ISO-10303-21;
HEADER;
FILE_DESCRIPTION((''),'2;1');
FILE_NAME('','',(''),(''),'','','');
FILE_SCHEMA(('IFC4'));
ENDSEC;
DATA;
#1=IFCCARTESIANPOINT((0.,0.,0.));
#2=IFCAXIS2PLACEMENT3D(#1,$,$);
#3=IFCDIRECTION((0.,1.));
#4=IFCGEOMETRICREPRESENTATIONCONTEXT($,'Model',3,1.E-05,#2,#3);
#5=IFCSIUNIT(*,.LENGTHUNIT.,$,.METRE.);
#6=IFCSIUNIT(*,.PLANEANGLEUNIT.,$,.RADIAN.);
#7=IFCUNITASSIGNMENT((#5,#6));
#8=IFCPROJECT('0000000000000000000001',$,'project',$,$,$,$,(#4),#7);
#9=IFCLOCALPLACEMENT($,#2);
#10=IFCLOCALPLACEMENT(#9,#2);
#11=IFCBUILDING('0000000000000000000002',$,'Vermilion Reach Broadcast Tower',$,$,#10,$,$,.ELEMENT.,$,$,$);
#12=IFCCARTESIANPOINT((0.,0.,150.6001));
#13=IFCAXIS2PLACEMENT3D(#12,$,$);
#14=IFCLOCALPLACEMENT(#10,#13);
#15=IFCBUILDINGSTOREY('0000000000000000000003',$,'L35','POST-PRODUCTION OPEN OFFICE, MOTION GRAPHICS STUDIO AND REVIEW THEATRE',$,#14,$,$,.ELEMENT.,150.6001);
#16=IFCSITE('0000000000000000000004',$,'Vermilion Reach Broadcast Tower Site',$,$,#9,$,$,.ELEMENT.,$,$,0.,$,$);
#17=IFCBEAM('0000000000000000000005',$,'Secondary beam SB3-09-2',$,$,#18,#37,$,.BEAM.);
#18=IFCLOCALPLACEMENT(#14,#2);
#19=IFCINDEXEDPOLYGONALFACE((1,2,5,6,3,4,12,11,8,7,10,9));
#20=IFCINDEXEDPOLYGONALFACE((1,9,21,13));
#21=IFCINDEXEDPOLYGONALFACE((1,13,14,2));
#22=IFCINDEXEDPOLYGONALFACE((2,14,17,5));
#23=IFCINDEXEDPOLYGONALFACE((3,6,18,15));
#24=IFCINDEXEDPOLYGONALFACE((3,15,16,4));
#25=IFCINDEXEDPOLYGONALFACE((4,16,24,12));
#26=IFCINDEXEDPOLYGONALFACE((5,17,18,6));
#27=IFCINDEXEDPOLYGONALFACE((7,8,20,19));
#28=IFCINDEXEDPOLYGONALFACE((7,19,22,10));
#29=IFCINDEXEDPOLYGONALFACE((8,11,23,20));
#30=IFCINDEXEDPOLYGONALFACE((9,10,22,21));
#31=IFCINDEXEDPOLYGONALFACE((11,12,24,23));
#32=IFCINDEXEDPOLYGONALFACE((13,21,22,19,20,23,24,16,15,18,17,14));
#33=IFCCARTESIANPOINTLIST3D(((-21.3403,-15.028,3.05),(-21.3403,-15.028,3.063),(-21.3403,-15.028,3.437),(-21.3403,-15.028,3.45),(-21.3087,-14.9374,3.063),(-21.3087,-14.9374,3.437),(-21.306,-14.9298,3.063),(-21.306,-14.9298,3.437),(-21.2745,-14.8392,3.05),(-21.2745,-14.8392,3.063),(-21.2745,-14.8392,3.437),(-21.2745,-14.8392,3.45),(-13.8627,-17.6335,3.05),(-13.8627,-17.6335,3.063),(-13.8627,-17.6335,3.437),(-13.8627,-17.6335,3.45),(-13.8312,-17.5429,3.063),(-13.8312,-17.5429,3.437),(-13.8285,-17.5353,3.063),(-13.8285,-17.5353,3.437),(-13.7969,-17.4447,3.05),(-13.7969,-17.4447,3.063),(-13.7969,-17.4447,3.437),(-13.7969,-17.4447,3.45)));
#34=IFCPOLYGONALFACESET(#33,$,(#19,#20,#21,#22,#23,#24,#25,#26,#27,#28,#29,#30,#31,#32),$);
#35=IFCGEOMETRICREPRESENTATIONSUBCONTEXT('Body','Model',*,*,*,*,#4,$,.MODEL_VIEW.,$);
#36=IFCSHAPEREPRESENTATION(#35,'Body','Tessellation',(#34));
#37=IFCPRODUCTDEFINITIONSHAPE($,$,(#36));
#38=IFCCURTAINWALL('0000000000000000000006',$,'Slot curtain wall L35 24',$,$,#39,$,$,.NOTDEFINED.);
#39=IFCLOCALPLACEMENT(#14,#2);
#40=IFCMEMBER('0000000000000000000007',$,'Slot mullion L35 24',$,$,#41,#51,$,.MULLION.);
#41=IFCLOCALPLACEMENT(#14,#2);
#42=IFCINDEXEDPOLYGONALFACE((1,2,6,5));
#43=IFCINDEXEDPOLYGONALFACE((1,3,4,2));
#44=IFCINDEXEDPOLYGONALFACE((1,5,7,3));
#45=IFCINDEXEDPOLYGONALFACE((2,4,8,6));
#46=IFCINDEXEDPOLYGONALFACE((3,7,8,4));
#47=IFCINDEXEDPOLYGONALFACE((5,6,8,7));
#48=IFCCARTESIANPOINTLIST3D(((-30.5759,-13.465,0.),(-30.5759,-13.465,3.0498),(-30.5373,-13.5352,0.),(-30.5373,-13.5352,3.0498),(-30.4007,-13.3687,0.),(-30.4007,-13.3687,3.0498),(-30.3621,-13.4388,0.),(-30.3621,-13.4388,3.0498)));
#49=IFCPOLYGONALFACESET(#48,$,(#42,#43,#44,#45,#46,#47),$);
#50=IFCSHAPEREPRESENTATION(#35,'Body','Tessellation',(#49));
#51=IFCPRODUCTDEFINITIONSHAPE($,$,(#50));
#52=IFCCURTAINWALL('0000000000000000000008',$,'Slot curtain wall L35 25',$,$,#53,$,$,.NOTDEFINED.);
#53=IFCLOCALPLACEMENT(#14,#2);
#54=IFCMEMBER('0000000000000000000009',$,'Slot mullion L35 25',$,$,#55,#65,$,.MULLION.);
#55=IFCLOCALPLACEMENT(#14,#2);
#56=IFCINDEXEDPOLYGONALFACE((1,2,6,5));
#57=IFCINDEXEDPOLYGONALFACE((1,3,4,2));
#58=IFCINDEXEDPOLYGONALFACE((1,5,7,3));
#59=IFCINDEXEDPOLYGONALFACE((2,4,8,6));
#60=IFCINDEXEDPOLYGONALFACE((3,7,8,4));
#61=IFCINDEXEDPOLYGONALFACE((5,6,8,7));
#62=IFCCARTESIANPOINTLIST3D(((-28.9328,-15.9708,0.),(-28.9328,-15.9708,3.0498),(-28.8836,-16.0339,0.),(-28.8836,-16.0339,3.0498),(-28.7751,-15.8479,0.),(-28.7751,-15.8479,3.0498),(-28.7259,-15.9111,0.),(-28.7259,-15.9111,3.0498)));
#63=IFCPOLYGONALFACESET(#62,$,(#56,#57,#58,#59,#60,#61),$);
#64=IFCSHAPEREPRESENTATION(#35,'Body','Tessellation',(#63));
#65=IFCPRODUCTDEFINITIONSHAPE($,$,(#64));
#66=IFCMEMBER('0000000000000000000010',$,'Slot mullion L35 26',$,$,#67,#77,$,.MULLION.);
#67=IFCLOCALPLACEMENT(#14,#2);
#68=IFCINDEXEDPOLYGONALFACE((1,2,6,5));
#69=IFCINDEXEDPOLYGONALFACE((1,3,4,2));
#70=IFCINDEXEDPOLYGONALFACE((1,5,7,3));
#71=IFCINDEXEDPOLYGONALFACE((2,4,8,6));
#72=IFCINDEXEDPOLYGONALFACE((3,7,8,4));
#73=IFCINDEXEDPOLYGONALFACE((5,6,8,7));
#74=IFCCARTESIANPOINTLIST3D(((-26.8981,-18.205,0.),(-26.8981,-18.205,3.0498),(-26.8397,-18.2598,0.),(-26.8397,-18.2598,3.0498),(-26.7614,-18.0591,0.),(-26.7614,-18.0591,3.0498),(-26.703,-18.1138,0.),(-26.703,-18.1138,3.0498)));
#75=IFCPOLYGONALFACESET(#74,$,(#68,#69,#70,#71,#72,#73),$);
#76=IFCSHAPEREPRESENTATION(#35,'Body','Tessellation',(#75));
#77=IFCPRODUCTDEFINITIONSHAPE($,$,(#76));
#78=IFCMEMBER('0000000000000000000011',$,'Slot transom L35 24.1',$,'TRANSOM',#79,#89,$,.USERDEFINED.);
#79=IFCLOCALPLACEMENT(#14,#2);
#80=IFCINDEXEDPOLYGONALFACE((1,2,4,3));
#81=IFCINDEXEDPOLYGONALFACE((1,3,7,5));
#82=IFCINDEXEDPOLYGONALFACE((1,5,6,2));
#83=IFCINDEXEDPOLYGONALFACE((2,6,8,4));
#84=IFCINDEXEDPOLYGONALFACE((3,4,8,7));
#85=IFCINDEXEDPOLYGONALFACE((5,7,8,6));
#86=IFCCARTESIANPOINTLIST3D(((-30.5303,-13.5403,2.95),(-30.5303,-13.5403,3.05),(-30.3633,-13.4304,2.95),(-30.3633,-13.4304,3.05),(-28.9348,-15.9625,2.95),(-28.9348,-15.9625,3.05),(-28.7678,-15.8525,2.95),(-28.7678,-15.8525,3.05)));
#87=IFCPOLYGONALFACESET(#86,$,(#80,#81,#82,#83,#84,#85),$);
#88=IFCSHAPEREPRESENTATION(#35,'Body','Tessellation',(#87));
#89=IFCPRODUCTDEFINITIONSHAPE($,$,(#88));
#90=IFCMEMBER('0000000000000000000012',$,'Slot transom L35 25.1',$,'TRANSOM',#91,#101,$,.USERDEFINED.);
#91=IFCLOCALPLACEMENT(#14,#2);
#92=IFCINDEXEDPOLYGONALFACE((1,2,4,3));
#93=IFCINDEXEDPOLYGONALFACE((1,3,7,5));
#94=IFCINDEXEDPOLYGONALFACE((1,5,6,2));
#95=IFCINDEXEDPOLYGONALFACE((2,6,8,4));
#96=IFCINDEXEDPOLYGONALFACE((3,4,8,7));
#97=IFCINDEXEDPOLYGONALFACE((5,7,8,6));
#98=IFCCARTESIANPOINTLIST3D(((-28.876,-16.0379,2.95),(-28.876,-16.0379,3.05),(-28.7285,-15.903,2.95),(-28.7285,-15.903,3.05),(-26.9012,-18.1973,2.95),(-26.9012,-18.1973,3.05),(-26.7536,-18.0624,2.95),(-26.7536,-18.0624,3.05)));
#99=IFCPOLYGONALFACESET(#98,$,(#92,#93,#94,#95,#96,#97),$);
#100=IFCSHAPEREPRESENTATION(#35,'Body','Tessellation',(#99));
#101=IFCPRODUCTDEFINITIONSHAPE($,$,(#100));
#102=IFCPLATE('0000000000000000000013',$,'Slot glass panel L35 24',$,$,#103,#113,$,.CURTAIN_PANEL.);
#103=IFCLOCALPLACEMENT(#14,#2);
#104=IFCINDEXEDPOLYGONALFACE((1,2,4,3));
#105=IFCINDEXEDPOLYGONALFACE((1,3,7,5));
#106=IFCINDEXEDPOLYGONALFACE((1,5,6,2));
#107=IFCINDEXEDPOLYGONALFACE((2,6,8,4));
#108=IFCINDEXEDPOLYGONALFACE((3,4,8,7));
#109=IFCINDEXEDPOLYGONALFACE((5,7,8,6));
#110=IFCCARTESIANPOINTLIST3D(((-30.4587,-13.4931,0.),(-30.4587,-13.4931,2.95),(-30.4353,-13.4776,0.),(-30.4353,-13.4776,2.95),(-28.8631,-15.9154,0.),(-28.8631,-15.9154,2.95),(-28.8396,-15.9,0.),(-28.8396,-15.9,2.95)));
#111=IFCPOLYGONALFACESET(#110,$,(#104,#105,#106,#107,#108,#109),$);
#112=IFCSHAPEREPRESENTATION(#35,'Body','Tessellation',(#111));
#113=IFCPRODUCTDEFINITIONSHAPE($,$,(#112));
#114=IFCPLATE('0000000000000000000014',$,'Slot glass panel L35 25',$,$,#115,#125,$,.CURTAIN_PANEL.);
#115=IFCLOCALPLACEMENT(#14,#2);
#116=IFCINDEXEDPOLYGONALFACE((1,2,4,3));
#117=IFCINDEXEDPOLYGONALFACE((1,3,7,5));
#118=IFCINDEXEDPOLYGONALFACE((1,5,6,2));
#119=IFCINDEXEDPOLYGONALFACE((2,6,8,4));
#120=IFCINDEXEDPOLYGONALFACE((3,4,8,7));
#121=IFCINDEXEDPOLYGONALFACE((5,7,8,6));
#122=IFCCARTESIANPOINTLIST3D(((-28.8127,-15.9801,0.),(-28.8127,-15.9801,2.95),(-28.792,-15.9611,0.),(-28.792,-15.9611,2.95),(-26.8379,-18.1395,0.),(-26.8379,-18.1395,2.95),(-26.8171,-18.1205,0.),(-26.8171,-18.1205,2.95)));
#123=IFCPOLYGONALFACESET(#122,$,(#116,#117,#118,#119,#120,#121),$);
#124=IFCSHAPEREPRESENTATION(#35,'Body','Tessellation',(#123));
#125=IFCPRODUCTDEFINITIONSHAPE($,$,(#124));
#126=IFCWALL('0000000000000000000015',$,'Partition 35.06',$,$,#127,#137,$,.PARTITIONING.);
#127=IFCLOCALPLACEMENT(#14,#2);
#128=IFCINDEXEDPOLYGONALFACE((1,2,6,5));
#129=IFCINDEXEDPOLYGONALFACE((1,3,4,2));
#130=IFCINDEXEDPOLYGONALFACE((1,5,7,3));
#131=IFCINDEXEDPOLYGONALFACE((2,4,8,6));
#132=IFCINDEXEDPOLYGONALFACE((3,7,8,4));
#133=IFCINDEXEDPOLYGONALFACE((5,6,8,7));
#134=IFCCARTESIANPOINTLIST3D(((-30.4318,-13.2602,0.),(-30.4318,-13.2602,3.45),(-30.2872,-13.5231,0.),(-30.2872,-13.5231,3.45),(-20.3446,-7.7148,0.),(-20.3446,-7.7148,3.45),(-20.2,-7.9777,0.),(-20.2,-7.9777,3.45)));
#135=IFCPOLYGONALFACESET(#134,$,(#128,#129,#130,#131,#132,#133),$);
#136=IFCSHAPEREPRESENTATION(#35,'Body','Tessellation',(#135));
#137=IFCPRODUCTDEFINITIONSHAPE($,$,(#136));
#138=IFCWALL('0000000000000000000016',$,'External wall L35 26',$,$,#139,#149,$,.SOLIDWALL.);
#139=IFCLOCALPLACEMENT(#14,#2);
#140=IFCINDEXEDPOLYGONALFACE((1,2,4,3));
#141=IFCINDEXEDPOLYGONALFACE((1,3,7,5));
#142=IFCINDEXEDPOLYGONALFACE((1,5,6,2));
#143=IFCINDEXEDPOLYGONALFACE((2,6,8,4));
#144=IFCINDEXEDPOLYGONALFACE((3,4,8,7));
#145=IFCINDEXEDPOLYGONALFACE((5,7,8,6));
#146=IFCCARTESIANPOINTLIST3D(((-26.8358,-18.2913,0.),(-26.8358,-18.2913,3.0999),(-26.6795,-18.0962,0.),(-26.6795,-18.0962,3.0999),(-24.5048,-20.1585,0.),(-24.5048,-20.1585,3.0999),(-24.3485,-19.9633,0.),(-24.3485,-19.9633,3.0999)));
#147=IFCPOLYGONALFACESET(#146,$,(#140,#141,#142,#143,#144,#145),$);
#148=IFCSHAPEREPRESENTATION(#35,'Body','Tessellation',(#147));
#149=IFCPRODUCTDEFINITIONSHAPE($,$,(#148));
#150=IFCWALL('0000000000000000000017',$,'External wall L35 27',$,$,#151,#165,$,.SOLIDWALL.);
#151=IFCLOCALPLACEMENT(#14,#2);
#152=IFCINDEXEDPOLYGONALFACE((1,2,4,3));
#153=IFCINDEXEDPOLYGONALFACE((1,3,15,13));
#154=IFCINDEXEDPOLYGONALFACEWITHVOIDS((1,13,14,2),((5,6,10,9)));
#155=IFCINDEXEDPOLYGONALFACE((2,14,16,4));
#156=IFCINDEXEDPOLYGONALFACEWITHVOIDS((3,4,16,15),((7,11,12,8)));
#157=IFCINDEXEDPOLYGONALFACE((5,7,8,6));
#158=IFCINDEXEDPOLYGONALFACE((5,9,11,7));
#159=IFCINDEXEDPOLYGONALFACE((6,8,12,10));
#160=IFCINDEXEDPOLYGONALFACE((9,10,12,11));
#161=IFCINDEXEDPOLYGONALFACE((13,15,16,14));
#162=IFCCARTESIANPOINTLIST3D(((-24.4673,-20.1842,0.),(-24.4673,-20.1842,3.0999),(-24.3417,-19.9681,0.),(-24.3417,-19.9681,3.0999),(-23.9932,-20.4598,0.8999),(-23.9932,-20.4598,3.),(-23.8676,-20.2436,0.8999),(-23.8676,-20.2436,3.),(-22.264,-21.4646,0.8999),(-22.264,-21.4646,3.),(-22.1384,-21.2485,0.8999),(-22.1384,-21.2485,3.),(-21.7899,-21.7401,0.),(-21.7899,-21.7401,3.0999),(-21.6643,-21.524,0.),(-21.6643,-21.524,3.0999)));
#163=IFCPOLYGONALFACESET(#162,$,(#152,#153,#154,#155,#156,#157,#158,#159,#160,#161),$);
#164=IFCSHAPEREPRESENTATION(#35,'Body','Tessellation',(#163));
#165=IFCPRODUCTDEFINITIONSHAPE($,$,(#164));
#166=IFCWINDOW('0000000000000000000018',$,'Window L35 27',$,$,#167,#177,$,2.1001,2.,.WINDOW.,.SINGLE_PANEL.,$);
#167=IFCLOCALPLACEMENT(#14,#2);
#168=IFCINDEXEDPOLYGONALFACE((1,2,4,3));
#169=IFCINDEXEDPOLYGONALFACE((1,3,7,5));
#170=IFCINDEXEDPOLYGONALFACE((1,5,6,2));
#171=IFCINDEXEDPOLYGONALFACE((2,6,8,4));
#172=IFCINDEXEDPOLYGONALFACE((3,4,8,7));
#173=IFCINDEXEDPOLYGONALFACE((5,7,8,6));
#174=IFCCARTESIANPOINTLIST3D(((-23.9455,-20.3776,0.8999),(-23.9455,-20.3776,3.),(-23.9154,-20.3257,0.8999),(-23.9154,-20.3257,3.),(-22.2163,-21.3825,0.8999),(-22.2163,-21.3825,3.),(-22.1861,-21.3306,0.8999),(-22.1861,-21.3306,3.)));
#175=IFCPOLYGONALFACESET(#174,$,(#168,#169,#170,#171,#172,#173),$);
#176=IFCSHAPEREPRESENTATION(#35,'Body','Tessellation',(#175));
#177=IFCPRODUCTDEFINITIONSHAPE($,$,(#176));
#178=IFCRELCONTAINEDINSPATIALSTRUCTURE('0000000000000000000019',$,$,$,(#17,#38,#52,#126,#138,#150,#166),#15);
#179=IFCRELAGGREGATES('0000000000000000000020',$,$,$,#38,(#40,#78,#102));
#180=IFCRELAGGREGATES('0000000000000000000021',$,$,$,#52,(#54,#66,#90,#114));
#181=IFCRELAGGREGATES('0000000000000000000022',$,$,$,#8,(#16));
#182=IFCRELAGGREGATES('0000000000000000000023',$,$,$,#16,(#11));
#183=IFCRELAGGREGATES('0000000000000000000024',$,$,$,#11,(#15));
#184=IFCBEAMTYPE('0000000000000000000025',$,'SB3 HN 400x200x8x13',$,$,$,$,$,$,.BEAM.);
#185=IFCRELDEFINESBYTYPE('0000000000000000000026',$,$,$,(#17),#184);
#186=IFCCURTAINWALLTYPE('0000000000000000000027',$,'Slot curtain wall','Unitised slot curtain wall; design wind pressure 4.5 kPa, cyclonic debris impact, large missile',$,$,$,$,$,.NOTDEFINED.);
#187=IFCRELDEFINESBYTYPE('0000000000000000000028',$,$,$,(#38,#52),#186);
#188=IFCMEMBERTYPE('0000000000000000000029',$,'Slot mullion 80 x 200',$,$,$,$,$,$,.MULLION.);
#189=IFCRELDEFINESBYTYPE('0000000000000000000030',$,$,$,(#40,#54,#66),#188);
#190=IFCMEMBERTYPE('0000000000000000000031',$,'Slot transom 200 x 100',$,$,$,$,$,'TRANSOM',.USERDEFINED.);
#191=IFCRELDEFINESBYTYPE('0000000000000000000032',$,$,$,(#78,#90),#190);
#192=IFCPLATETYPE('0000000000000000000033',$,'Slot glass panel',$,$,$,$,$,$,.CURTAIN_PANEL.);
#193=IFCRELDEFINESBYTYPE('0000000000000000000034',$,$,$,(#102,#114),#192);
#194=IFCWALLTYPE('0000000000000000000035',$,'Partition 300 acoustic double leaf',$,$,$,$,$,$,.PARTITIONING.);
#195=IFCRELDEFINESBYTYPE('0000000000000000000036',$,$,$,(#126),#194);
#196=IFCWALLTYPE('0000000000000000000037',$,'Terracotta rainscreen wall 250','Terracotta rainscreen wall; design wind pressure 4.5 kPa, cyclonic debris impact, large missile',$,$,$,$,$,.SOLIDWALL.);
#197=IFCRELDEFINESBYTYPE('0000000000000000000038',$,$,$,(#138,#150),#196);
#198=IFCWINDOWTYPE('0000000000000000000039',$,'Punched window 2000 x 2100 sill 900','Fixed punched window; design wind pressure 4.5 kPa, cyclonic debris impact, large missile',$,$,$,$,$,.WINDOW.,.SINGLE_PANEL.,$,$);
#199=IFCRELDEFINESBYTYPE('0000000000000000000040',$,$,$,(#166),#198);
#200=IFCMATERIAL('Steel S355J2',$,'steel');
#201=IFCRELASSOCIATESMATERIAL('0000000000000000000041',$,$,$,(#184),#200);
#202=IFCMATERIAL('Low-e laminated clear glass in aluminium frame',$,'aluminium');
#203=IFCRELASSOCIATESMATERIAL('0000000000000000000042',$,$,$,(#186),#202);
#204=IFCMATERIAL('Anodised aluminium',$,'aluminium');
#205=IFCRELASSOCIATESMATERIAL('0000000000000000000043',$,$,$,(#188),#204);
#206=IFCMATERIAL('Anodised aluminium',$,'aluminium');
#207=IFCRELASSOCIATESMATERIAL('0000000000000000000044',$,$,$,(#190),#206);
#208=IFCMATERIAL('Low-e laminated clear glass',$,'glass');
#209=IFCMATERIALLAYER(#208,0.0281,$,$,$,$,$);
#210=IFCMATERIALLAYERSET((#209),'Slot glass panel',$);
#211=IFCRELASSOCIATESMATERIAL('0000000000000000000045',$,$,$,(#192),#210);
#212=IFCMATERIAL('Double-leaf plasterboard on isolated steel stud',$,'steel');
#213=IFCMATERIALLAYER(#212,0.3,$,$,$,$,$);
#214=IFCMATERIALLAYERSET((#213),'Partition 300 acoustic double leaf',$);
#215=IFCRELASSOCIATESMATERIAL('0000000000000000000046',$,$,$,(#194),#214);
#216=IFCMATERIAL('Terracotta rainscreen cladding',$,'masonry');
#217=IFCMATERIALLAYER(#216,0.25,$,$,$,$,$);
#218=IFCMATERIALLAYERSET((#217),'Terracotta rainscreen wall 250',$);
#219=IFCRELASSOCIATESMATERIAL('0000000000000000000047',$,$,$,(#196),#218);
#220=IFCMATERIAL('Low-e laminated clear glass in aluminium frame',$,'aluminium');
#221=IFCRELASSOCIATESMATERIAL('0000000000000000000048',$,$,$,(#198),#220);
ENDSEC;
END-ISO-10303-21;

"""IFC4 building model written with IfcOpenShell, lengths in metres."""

from ifc_helpers import new_model, si_unit, direction, frame, frame_2d, origin, origin_2d, place, context, subcontext, project, spatial, rectangle, i_section, extrude, material, layer, layer_set, material_profile, profile_set, type_object, element, fill, aggregate, save


model = new_model("IFC4")

# Units and contexts
model_context = context("Model", 3, precision=1e-05, world=origin(), true_north=direction((0.0, 1.0)))
body_context = subcontext(model_context, "Body", "Model", "MODEL_VIEW")
ifc_project = project(units=[si_unit("LENGTHUNIT", "METRE"), si_unit("PLANEANGLEUNIT", "RADIAN")], contexts=[model_context])

# Site, building, storey
site_placement = place(None, origin())
site = spatial("IfcSite", under=ifc_project, at=site_placement, Name="Vermilion Reach Broadcast Tower Site", CompositionType="ELEMENT", RefElevation=0.0)
building_placement = place(site_placement, origin())
building = spatial("IfcBuilding", under=site, at=building_placement, Name="Vermilion Reach Broadcast Tower", CompositionType="ELEMENT")
storey_placement = place(building_placement, frame((0.0, 0.0, 150.6001)))
storey = spatial("IfcBuildingStorey", under=building, at=storey_placement, Name="L35", Description="POST-PRODUCTION OPEN OFFICE, MOTION GRAPHICS STUDIO AND REVIEW THEATRE", CompositionType="ELEMENT", Elevation=150.6001)

# Beam
ifc_material_1 = material(Name="Steel S355J2", Category="steel")
ifc_material_profile_1 = material_profile(ifc_material_1, i_section(OverallWidth=0.2, OverallDepth=0.3999, WebThickness=0.0081, FlangeThickness=0.0129, at=origin_2d()), Name="S355J2 HN 400x200x8x13")
ifc_profile_set_1 = profile_set([ifc_material_profile_1], Name="Steel S355J2")
beam_type_1 = type_object("IfcBeamType", Name="SB3 HN 400x200x8x13", PredefinedType="BEAM", material=ifc_profile_set_1)
beam_1_placement = place(storey_placement, frame((-21.3074, -14.9336, 3.25), z_axis=(0.944317, -0.329037, 0.0), x_axis=(0.329037, 0.944317, 0.0)))
element("IfcBeam", 1, at=beam_1_placement, inside=storey, type_object=beam_type_1, Name="Secondary beam SB3-09-2", PredefinedType="BEAM", context=body_context, shape_type="SweptSolid", body=[
    extrude(i_section(OverallWidth=0.2, OverallDepth=0.3999, WebThickness=0.0081, FlangeThickness=0.0129, at=origin_2d()), origin(), (0.0, 0.0, 1.0), 7.9185),
])

# Curtain wall, member
ifc_material_2 = material(Name="Low-e laminated clear glass in aluminium frame", Category="aluminium")
curtain_wall_type = type_object("IfcCurtainWallType", Name="Slot curtain wall", Description="Unitised slot curtain wall; design wind pressure 4.5 kPa, cyclonic debris impact, large missile", PredefinedType="NOTDEFINED", material=ifc_material_2)
placement = place(storey_placement, origin())
curtain_wall_1 = element("IfcCurtainWall", 2, at=placement, inside=storey, type_object=curtain_wall_type, Name="Slot curtain wall L35 24", PredefinedType="NOTDEFINED")
ifc_material_3 = material(Name="Anodised aluminium", Category="aluminium")
ifc_material_profile_2 = material_profile(ifc_material_3, rectangle(XDim=0.2, YDim=0.0801, at=origin_2d()), Name="Slot mullion 80 x 200")
ifc_profile_set_2 = profile_set([ifc_material_profile_2], Name="Anodised aluminium")
member_type_1 = type_object("IfcMemberType", Name="Slot mullion 80 x 200", PredefinedType="MULLION", material=ifc_profile_set_2)
member_1_placement = place(storey_placement, frame((-30.469, -13.4519, 0.0), z_axis=(0.0, 0.0, 1.0), x_axis=(0.876307, 0.481754, 0.0)))
member_1 = element("IfcMember", 3, at=member_1_placement, type_object=member_type_1, Name="Slot mullion L35 24", PredefinedType="MULLION", context=body_context, shape_type="SweptSolid", body=[
    extrude(rectangle(XDim=0.2, YDim=0.0801, at=origin_2d()), origin(), (0.0, 0.0, 1.0), 3.0498),
])

# Curtain wall, members
curtain_wall_2 = element("IfcCurtainWall", 4, at=placement, inside=storey, type_object=curtain_wall_type, Name="Slot curtain wall L35 25", PredefinedType="NOTDEFINED")
member_2_placement = place(storey_placement, frame((-28.8293, -15.9409, 0.0), z_axis=(0.0, 0.0, 1.0), x_axis=(0.788989, 0.614407, 0.0)))
member_2 = element("IfcMember", 5, at=member_2_placement, type_object=member_type_1, Name="Slot mullion L35 25", PredefinedType="MULLION", context=body_context, shape_type="SweptSolid", body=[
    extrude(rectangle(XDim=0.2, YDim=0.0801, at=origin_2d()), origin(), (0.0, 0.0, 1.0), 3.0498),
])
member_3_placement = place(storey_placement, frame((-26.8005, -18.1594, 0.0), z_axis=(0.0, 0.0, 1.0), x_axis=(0.683612, 0.729845, 0.0)))
member_3 = element("IfcMember", 6, at=member_3_placement, type_object=member_type_1, Name="Slot mullion L35 26", PredefinedType="MULLION", context=body_context, shape_type="SweptSolid", body=[
    extrude(rectangle(XDim=0.2, YDim=0.0801, at=origin_2d()), origin(), (0.0, 0.0, 1.0), 3.0498),
])

# Members
ifc_material_4 = material(Name="Anodised aluminium", Category="aluminium")
ifc_material_profile_3 = material_profile(ifc_material_4, rectangle(XDim=0.2, YDim=0.1001, at=origin_2d()), Name="Slot transom 200 x 100")
ifc_profile_set_3 = profile_set([ifc_material_profile_3], Name="Anodised aluminium")
member_type_2 = type_object("IfcMemberType", Name="Slot transom 200 x 100", ElementType="TRANSOM", PredefinedType="USERDEFINED", material=ifc_profile_set_3)
member_4_placement = place(storey_placement, frame((-30.4468, -13.4854, 3.0), z_axis=(0.550088, -0.835107, 0.0), x_axis=(0.835107, 0.550088, 0.0)))
member_4 = element("IfcMember", 7, at=member_4_placement, type_object=member_type_2, Name="Slot transom L35 24.1", ObjectType="TRANSOM", PredefinedType="USERDEFINED", context=body_context, shape_type="SweptSolid", body=[
    extrude(rectangle(XDim=0.2, YDim=0.1001, at=origin_2d()), origin(), (0.0, 0.0, 1.0), 2.9004),
])
member_5_placement = place(storey_placement, frame((-28.8022, -15.9705, 3.0), z_axis=(0.674867, -0.73794, 0.0), x_axis=(0.73794, 0.674867, 0.0)))
member_5 = element("IfcMember", 8, at=member_5_placement, type_object=member_type_2, Name="Slot transom L35 25.1", ObjectType="TRANSOM", PredefinedType="USERDEFINED", context=body_context, shape_type="SweptSolid", body=[
    extrude(rectangle(XDim=0.2, YDim=0.1001, at=origin_2d()), origin(), (0.0, 0.0, 1.0), 2.9263),
])

# Plates
ifc_material_5 = material(Name="Low-e laminated clear glass", Category="glass")
ifc_layer_1 = layer(ifc_material_5, 0.0281)
ifc_layer_set_1 = layer_set([ifc_layer_1], Name="Slot glass panel")
plate_type = type_object("IfcPlateType", Name="Slot glass panel", PredefinedType="CURTAIN_PANEL", material=ifc_layer_set_1)
plate_1_placement = place(storey_placement, frame((-29.6492, -14.6965, 0.0), z_axis=(0.0, 0.0, 1.0), x_axis=(0.55009, -0.835105, 0.0)))
plate_1 = element("IfcPlate", 9, at=plate_1_placement, type_object=plate_type, Name="Slot glass panel L35 24", PredefinedType="CURTAIN_PANEL", context=body_context, shape_type="SweptSolid", body=[
    extrude(rectangle(XDim=2.9006, YDim=0.0281, at=origin_2d()), origin(), (0.0, 0.0, 1.0), 2.95),
])
aggregate(curtain_wall_1, [member_1, member_4, plate_1])
plate_2_placement = place(storey_placement, frame((-27.8149, -17.0503, 0.0), z_axis=(0.0, 0.0, 1.0), x_axis=(0.674876, -0.737931, 0.0)))
plate_2 = element("IfcPlate", 10, at=plate_2_placement, type_object=plate_type, Name="Slot glass panel L35 25", PredefinedType="CURTAIN_PANEL", context=body_context, shape_type="SweptSolid", body=[
    extrude(rectangle(XDim=2.9263, YDim=0.0281, at=origin_2d()), origin(), (0.0, 0.0, 1.0), 2.95),
])
aggregate(curtain_wall_2, [member_2, member_3, member_5, plate_2])

# Walls
ifc_material_6 = material(Name="Double-leaf plasterboard on isolated steel stud", Category="steel")
ifc_layer_2 = layer(ifc_material_6, 0.3)
ifc_layer_set_2 = layer_set([ifc_layer_2], Name="Partition 300 acoustic double leaf")
wall_type_1 = type_object("IfcWallType", Name="Partition 300 acoustic double leaf", PredefinedType="PARTITIONING", material=ifc_layer_set_2)
wall_1_placement = place(storey_placement, frame((-30.3594, -13.3916, 0.0), z_axis=(0.0, 0.0, 1.0), x_axis=(0.876309, 0.48175, 0.0)))
element("IfcWall", 11, at=wall_1_placement, inside=storey, type_object=wall_type_1, Name="Partition 35.06", PredefinedType="PARTITIONING", context=body_context, shape_type="SweptSolid", body=[
    extrude(rectangle(XDim=11.511, YDim=0.3, at=frame_2d((5.7554, 0.0))), origin(), (0.0, 0.0, 1.0), 3.45),
])
ifc_material_7 = material(Name="Terracotta rainscreen cladding", Category="masonry")
ifc_layer_3 = layer(ifc_material_7, 0.25)
ifc_layer_set_3 = layer_set([ifc_layer_3], Name="Terracotta rainscreen wall 250")
wall_type_2 = type_object("IfcWallType", Name="Terracotta rainscreen wall 250", Description="Terracotta rainscreen wall; design wind pressure 4.5 kPa, cyclonic debris impact, large missile", PredefinedType="SOLIDWALL", material=ifc_layer_set_3)
wall_2_placement = place(storey_placement, frame((-26.7576, -18.1938, 0.0), z_axis=(0.0, 0.0, 1.0), x_axis=(0.780486, -0.625173, 0.0)))
element("IfcWall", 12, at=wall_2_placement, inside=storey, type_object=wall_type_2, Name="External wall L35 26", PredefinedType="SOLIDWALL", context=body_context, shape_type="SweptSolid", body=[
    extrude(rectangle(XDim=2.9866, YDim=0.25, at=frame_2d((1.4932, 0.0))), origin(), (0.0, 0.0, 1.0), 3.0999),
])

# Wall, opening, window
wall_3_placement = place(storey_placement, frame((-24.4045, -20.0762, 0.0), z_axis=(0.0, 0.0, 1.0), x_axis=(0.864616, -0.502434, 0.0)))
wall_3 = element("IfcWall", 13, at=wall_3_placement, inside=storey, type_object=wall_type_2, Name="External wall L35 27", PredefinedType="SOLIDWALL", context=body_context, shape_type="SweptSolid", body=[
    extrude(rectangle(XDim=3.0967, YDim=0.25, at=frame_2d((1.5483, 0.0))), origin(), (0.0, 0.0, 1.0), 3.0999),
])
opening_1_placement = place(wall_3_placement, frame((0.5483, 0.0, 0.8999)))
opening_1 = element("IfcOpeningElement", 14, at=opening_1_placement, cuts=wall_3, PredefinedType="OPENING", context=body_context, shape_type="SweptSolid", body=[
    extrude(rectangle(XDim=2.0, YDim=2.1001, at=frame_2d((1.0, 1.05))), frame((0.0, 0.135, 0.0), z_axis=(0.0, -1.0, 0.0), x_axis=(1.0, 0.0, 0.0)), (0.0, 0.0, 1.0), 0.27),
])
ifc_material_8 = material(Name="Low-e laminated clear glass in aluminium frame", Category="aluminium")
window_type = type_object("IfcWindowType", Name="Punched window 2000 x 2100 sill 900", Description="Fixed punched window; design wind pressure 4.5 kPa, cyclonic debris impact, large missile", PartitioningType="SINGLE_PANEL", PredefinedType="WINDOW", material=ifc_material_8)
window_placement = place(opening_1_placement, origin())
window = element("IfcWindow", 15, at=window_placement, inside=storey, type_object=window_type, Name="Window L35 27", OverallHeight=2.1001, OverallWidth=2.0, PartitioningType="SINGLE_PANEL", PredefinedType="WINDOW", context=body_context, shape_type="SweptSolid", body=[
    extrude(rectangle(XDim=2.0, YDim=2.1001, at=frame_2d((1.0, 1.05))), frame((0.0, 0.03, 0.0), z_axis=(0.0, -1.0, 0.0), x_axis=(1.0, 0.0, 0.0)), (0.0, 0.0, 1.0), 0.0601),
])
fill(opening_1, window)

save(model, "model.ifc")
